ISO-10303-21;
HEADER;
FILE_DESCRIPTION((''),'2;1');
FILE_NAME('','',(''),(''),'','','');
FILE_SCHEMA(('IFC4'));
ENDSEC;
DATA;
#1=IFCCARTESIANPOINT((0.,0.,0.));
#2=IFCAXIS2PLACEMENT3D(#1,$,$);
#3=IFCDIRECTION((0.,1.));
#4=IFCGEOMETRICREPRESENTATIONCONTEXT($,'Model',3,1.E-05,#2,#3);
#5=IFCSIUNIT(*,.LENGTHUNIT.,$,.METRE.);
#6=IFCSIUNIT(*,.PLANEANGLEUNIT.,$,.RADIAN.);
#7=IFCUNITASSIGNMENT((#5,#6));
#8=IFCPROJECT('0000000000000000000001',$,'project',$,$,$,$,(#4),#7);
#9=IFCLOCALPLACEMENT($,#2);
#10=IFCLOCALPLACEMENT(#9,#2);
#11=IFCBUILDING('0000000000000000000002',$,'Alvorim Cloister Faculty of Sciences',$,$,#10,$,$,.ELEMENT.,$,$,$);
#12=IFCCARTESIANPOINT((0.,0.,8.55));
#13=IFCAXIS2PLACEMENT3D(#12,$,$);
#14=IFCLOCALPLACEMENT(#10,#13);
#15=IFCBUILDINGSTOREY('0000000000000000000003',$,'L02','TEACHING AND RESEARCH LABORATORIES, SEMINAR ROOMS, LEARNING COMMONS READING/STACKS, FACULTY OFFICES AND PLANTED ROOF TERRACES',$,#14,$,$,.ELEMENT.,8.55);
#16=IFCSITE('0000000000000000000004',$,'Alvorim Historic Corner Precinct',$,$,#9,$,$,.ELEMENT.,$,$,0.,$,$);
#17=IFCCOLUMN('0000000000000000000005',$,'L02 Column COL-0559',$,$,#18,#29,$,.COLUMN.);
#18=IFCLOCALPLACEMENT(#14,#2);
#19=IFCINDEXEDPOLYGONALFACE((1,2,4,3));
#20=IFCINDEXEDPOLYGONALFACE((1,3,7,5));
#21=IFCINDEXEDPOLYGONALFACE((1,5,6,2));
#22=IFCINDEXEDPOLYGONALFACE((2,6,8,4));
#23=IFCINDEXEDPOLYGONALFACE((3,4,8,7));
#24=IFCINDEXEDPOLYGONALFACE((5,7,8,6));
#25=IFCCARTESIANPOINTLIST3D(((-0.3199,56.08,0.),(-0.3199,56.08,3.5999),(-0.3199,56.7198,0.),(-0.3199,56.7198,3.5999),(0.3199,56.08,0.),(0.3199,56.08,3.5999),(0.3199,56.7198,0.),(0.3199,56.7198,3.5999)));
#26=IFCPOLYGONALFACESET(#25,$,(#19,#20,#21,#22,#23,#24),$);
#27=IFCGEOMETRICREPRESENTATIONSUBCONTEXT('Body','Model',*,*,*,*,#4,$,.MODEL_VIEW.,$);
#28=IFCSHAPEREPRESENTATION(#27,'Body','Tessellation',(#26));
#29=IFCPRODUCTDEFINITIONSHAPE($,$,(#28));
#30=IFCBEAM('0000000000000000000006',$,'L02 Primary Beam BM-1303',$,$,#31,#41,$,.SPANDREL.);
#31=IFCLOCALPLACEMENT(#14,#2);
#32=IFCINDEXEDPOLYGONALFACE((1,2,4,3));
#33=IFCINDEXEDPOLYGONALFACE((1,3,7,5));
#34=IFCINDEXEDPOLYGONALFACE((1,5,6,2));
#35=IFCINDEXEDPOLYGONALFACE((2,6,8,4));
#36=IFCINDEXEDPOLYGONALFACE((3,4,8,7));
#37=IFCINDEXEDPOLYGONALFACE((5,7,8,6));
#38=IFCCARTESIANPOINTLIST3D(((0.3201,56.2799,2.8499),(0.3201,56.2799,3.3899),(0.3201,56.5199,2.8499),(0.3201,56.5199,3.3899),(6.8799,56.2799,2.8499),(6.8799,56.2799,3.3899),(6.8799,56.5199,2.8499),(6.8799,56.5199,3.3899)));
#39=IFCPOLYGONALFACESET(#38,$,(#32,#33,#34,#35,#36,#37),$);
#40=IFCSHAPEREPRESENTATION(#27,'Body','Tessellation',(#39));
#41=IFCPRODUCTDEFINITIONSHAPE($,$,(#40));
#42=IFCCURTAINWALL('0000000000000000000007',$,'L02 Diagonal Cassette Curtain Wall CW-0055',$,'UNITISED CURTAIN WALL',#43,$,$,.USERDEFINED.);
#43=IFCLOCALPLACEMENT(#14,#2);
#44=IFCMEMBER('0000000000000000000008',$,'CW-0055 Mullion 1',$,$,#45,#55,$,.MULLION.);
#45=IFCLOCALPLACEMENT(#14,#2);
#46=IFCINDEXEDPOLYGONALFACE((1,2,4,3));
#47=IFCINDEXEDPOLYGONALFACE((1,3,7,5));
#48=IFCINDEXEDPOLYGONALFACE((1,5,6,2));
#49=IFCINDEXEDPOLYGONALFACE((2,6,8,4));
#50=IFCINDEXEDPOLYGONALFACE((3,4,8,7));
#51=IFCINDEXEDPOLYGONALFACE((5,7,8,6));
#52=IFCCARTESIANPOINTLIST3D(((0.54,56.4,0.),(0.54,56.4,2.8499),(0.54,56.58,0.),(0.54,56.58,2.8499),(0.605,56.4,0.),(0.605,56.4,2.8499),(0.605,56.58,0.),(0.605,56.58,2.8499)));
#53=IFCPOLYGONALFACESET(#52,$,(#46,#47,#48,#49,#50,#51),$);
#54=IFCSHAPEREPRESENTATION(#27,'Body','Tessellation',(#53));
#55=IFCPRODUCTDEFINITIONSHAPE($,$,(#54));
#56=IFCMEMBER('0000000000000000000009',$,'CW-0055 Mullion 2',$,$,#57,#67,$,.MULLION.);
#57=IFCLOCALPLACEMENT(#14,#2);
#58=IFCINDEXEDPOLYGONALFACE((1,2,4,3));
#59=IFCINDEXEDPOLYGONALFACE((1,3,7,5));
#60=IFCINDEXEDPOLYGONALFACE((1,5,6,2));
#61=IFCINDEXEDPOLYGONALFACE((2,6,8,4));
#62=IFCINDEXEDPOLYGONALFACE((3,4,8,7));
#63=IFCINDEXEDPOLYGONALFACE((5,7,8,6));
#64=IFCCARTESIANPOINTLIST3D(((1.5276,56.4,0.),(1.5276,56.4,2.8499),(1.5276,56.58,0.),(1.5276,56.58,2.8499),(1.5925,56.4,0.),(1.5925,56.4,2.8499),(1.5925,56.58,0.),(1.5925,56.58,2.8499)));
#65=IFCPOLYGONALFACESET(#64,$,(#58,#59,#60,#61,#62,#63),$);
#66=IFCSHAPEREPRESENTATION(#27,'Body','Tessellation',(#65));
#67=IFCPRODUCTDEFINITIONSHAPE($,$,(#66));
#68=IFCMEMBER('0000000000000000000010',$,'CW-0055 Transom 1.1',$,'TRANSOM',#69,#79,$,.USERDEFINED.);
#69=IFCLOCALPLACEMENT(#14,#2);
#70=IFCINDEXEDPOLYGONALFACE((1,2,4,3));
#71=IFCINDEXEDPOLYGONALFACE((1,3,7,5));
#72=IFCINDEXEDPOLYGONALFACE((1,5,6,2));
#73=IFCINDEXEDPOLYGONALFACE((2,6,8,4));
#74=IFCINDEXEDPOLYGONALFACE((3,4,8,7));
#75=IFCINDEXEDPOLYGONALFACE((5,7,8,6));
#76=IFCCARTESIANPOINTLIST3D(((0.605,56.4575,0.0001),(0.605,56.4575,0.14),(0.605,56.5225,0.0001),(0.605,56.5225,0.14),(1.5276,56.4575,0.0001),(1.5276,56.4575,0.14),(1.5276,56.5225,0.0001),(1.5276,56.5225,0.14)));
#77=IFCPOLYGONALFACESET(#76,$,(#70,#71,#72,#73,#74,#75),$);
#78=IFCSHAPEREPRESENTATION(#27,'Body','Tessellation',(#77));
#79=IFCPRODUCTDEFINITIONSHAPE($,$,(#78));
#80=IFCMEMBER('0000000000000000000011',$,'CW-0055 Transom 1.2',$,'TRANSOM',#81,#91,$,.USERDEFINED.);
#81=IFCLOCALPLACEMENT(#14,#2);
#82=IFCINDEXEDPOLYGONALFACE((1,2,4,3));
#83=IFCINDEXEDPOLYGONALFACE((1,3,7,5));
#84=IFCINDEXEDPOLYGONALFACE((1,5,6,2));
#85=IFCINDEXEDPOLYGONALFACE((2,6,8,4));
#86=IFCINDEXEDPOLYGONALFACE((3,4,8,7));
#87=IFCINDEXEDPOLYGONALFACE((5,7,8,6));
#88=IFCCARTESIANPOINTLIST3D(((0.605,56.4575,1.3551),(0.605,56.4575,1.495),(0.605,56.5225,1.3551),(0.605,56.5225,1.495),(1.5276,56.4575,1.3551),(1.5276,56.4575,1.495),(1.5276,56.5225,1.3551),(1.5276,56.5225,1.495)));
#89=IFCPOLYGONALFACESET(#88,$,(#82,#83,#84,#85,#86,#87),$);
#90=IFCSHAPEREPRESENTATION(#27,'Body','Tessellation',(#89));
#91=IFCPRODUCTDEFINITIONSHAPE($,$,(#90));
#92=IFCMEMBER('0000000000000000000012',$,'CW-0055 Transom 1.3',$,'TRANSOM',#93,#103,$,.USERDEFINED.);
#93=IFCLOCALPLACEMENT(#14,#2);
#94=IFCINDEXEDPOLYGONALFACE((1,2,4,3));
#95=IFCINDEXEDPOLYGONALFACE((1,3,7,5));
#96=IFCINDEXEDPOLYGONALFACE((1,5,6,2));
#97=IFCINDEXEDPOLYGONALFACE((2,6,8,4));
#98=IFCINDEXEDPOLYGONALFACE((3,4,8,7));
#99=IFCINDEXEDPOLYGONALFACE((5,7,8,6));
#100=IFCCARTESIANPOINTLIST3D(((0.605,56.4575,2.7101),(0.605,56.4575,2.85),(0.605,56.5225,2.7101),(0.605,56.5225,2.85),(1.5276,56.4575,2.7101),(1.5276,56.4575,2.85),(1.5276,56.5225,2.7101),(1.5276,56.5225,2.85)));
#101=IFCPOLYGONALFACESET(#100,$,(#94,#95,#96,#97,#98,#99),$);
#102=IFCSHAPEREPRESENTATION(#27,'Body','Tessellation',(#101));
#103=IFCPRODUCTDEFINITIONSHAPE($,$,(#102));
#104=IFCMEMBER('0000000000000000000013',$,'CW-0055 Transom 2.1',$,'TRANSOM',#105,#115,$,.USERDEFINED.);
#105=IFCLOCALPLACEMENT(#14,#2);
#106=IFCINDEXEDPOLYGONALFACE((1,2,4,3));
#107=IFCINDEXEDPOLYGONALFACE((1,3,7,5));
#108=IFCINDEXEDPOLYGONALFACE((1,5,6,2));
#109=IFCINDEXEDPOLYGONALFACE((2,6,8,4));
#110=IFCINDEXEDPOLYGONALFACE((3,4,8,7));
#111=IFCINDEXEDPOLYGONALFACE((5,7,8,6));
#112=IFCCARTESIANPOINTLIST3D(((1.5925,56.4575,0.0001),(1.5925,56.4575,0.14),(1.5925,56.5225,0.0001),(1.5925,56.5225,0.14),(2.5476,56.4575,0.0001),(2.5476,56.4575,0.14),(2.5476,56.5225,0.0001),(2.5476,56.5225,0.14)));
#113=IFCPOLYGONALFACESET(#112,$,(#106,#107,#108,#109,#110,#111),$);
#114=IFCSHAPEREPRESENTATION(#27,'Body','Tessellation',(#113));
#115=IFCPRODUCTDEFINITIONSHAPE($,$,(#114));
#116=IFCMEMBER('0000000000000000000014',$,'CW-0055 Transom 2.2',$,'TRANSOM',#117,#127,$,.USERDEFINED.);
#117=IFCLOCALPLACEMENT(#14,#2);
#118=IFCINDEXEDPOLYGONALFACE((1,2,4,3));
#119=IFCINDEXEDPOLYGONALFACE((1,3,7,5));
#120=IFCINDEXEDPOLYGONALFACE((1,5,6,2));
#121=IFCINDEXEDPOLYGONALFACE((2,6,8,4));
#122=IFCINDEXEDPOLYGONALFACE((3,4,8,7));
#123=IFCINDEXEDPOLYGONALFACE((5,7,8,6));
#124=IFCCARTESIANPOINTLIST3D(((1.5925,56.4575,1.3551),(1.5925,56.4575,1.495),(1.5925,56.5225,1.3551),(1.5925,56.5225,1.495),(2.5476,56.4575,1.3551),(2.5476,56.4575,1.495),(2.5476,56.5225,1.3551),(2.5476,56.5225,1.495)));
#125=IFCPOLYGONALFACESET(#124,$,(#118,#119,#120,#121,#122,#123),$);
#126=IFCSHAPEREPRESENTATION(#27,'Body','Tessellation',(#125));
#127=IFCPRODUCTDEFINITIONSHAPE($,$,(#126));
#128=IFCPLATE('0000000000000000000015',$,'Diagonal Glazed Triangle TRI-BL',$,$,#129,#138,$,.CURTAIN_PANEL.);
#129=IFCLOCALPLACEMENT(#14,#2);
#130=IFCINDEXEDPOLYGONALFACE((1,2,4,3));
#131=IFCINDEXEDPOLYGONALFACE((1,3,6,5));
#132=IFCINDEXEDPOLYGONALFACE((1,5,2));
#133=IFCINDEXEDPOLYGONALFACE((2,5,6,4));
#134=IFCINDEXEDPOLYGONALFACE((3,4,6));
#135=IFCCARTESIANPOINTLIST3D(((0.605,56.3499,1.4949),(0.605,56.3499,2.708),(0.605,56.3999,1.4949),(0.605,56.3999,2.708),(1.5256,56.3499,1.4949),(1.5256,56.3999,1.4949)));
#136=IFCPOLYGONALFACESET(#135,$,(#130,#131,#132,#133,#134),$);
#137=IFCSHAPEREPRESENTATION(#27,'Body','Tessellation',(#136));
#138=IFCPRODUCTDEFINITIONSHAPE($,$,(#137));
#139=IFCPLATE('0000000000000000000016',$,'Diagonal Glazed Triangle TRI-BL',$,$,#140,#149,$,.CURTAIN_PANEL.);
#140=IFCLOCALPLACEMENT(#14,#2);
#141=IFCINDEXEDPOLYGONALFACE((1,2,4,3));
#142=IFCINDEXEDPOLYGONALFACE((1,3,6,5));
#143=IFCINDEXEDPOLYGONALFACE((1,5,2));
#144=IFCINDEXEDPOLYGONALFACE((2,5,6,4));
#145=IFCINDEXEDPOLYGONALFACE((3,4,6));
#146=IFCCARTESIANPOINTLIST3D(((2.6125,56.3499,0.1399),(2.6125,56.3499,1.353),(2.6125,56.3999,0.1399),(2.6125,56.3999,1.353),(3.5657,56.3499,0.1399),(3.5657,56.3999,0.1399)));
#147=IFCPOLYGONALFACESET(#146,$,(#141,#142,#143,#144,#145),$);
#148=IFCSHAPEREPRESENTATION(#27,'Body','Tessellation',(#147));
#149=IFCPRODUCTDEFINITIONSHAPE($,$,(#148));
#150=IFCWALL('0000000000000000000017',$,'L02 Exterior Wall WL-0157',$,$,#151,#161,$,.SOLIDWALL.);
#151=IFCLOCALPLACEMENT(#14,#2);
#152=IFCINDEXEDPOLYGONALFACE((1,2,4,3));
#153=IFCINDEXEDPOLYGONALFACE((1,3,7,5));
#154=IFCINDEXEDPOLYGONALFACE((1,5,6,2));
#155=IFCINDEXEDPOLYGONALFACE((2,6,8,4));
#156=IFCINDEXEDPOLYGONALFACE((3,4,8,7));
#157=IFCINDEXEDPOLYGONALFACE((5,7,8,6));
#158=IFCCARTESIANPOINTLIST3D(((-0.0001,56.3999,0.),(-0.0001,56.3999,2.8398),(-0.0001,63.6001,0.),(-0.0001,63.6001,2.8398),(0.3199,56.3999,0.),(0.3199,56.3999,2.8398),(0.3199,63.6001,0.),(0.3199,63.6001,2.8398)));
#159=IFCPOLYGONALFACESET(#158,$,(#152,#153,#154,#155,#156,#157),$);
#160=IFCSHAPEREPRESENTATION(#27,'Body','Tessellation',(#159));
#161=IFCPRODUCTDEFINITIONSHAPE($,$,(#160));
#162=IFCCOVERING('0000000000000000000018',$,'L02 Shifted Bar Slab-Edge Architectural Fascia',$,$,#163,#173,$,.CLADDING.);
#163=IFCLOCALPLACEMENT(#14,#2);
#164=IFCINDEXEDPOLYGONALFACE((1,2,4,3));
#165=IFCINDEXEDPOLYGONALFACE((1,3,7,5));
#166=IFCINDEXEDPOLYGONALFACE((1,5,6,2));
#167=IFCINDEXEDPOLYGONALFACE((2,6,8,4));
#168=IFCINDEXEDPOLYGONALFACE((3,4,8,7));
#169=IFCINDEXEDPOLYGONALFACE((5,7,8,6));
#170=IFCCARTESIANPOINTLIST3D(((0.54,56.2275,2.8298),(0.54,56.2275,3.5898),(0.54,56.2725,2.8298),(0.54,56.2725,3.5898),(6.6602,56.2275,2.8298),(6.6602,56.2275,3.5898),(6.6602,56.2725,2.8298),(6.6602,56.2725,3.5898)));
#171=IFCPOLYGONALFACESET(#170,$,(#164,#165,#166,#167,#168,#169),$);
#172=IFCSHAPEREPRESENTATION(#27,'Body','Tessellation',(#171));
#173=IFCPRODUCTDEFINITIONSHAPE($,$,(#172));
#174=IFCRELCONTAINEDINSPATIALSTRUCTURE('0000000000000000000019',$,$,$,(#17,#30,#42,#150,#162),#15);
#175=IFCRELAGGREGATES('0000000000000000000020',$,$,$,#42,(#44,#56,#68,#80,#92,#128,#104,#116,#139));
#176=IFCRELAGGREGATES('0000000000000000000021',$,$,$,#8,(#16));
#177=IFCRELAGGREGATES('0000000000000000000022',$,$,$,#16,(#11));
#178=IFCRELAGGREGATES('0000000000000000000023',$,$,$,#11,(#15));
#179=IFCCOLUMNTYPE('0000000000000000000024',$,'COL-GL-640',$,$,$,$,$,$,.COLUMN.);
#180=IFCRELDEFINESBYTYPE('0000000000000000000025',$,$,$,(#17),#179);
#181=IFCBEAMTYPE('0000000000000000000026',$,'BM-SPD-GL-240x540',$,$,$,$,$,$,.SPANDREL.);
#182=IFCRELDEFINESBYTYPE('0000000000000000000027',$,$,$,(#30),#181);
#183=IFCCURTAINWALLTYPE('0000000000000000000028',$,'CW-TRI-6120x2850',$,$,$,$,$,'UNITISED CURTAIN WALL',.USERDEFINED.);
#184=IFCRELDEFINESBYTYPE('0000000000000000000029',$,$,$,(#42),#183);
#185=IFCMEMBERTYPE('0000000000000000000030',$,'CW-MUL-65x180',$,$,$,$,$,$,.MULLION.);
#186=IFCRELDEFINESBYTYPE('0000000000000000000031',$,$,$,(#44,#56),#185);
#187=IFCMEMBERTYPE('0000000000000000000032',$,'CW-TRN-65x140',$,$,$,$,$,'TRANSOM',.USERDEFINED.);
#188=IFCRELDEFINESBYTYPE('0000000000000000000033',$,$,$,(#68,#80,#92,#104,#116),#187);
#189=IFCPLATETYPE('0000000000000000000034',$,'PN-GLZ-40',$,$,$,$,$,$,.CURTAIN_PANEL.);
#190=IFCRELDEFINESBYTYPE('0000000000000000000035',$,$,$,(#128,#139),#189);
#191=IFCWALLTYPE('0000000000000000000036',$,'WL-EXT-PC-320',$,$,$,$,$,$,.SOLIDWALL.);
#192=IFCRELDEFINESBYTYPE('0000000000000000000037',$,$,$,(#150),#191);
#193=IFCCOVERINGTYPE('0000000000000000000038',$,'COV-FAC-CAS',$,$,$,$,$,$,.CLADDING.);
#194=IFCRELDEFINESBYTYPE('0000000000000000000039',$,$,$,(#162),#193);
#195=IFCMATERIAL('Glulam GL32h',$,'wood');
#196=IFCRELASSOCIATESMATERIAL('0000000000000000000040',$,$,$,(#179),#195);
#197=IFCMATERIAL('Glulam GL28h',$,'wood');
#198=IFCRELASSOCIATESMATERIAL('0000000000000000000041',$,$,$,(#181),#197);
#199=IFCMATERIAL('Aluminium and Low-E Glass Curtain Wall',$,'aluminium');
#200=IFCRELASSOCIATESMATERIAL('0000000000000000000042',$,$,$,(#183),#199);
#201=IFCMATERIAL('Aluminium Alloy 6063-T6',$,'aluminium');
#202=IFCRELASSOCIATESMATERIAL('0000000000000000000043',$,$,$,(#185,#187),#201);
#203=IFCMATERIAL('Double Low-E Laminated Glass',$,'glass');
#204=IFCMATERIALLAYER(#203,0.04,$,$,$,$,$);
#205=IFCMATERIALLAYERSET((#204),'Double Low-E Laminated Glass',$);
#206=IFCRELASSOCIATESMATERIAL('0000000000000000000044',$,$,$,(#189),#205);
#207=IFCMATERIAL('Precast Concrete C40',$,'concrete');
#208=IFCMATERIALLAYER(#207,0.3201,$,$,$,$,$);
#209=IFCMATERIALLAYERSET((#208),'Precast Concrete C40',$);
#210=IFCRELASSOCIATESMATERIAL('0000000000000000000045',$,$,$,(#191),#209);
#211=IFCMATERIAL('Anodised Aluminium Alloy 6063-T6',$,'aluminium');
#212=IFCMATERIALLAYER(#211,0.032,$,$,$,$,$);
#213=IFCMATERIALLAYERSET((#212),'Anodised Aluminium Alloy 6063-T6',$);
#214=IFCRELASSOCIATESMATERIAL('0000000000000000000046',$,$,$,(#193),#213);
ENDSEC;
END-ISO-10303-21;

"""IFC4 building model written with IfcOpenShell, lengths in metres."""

from ifc_helpers import new_model, si_unit, direction, frame, frame_2d, origin, origin_2d, place, context, subcontext, project, spatial, polyline, rectangle, outline, extrude, material, layer, layer_set, material_profile, profile_set, type_object, element, aggregate, save


model = new_model("IFC4")

# Units and contexts
model_context = context("Model", 3, precision=1e-05, world=origin(), true_north=direction((0.0, 1.0)))
body_context = subcontext(model_context, "Body", "Model", "MODEL_VIEW")
ifc_project = project(units=[si_unit("LENGTHUNIT", "METRE"), si_unit("PLANEANGLEUNIT", "RADIAN")], contexts=[model_context])

# Site, building, storey
site_placement = place(None, origin())
site = spatial("IfcSite", under=ifc_project, at=site_placement, Name="Alvorim Historic Corner Precinct", CompositionType="ELEMENT", RefElevation=0.0)
building_placement = place(site_placement, origin())
building = spatial("IfcBuilding", under=site, at=building_placement, Name="Alvorim Cloister Faculty of Sciences", CompositionType="ELEMENT")
storey_placement = place(building_placement, frame((0.0, 0.0, 8.55)))
storey = spatial("IfcBuildingStorey", under=building, at=storey_placement, Name="L02", Description="TEACHING AND RESEARCH LABORATORIES, SEMINAR ROOMS, LEARNING COMMONS READING/STACKS, FACULTY OFFICES AND PLANTED ROOF TERRACES", CompositionType="ELEMENT", Elevation=8.55)

# Column
ifc_material_1 = material(Name="Glulam GL32h", Category="wood")
ifc_material_profile_1 = material_profile(ifc_material_1, rectangle(XDim=0.6399, YDim=0.6399, at=origin_2d()), Name="GL32-COL-640x640")
ifc_profile_set_1 = profile_set([ifc_material_profile_1], Name="Glulam GL32h")
column_type = type_object("IfcColumnType", Name="COL-GL-640", PredefinedType="COLUMN", material=ifc_profile_set_1)
column_placement = place(storey_placement, frame((0.0, 56.3999, 0.0), z_axis=(0.0, 0.0, 1.0), x_axis=(1.0, 0.0, 0.0)))
element("IfcColumn", 1, at=column_placement, inside=storey, type_object=column_type, Name="L02 Column COL-0559", PredefinedType="COLUMN", context=body_context, shape_type="SweptSolid", body=[
    extrude(rectangle(XDim=0.6399, YDim=0.6399, at=origin_2d()), origin(), (0.0, 0.0, 1.0), 3.5999),
])

# Beam
ifc_material_2 = material(Name="Glulam GL28h", Category="wood")
ifc_material_profile_2 = material_profile(ifc_material_2, rectangle(XDim=0.24, YDim=0.54, at=origin_2d()), Name="GL28-SPD-240x540")
ifc_profile_set_2 = profile_set([ifc_material_profile_2], Name="Glulam GL28h")
beam_type = type_object("IfcBeamType", Name="BM-SPD-GL-240x540", PredefinedType="SPANDREL", material=ifc_profile_set_2)
beam_placement = place(storey_placement, frame((0.3201, 56.3999, 3.1199), z_axis=(1.0, 0.0, 0.0), x_axis=(0.0, 1.0, 0.0)))
element("IfcBeam", 2, at=beam_placement, inside=storey, type_object=beam_type, Name="L02 Primary Beam BM-1303", PredefinedType="SPANDREL", context=body_context, shape_type="SweptSolid", body=[
    extrude(rectangle(XDim=0.24, YDim=0.54, at=origin_2d()), origin(), (0.0, 0.0, 1.0), 6.5598),
])

# Curtain wall, members, plates
ifc_material_3 = material(Name="Aluminium and Low-E Glass Curtain Wall", Category="aluminium")
curtain_wall_type = type_object("IfcCurtainWallType", Name="CW-TRI-6120x2850", ElementType="UNITISED CURTAIN WALL", PredefinedType="USERDEFINED", material=ifc_material_3)
curtain_wall_placement = place(storey_placement, origin())
curtain_wall = element("IfcCurtainWall", 3, at=curtain_wall_placement, inside=storey, type_object=curtain_wall_type, Name="L02 Diagonal Cassette Curtain Wall CW-0055", ObjectType="UNITISED CURTAIN WALL", PredefinedType="USERDEFINED")
ifc_material_4 = material(Name="Aluminium Alloy 6063-T6", Category="aluminium")
ifc_material_profile_3 = material_profile(ifc_material_4, rectangle(XDim=0.0649, YDim=0.1799, at=origin_2d()), Name="ALU-MUL-65x180")
ifc_profile_set_3 = profile_set([ifc_material_profile_3], Name="Aluminium Alloy 6063-T6")
member_type_1 = type_object("IfcMemberType", Name="CW-MUL-65x180", PredefinedType="MULLION", material=ifc_profile_set_3)
member_1_placement = place(storey_placement, frame((0.5725, 56.49, 0.0), z_axis=(0.0, 0.0, 1.0), x_axis=(1.0, 0.0, 0.0)))
member_1 = element("IfcMember", 4, at=member_1_placement, type_object=member_type_1, Name="CW-0055 Mullion 1", PredefinedType="MULLION", context=body_context, shape_type="SweptSolid", body=[
    extrude(rectangle(XDim=0.0649, YDim=0.1799, at=origin_2d()), origin(), (0.0, 0.0, 1.0), 2.8499),
])
member_2_placement = place(storey_placement, frame((1.5601, 56.49, 0.0), z_axis=(0.0, 0.0, 1.0), x_axis=(1.0, 0.0, 0.0)))
member_2 = element("IfcMember", 5, at=member_2_placement, type_object=member_type_1, Name="CW-0055 Mullion 2", PredefinedType="MULLION", context=body_context, shape_type="SweptSolid", body=[
    extrude(rectangle(XDim=0.0649, YDim=0.1799, at=origin_2d()), origin(), (0.0, 0.0, 1.0), 2.8499),
])
ifc_material_profile_4 = material_profile(ifc_material_4, rectangle(XDim=0.0649, YDim=0.1399, at=origin_2d()), Name="ALU-TRN-65x140")
ifc_profile_set_4 = profile_set([ifc_material_profile_4], Name="Aluminium Alloy 6063-T6")
member_type_2 = type_object("IfcMemberType", Name="CW-TRN-65x140", ElementType="TRANSOM", PredefinedType="USERDEFINED", material=ifc_profile_set_4)
member_3_placement = place(storey_placement, frame((0.605, 56.49, 0.0701), z_axis=(1.0, 0.0, 0.0), x_axis=(0.0, 1.0, 0.0)))
member_3 = element("IfcMember", 6, at=member_3_placement, type_object=member_type_2, Name="CW-0055 Transom 1.1", ObjectType="TRANSOM", PredefinedType="USERDEFINED", context=body_context, shape_type="SweptSolid", body=[
    extrude(rectangle(XDim=0.0649, YDim=0.1399, at=origin_2d()), origin(), (0.0, 0.0, 1.0), 0.9226),
])
member_4_placement = place(storey_placement, frame((0.605, 56.49, 1.425), z_axis=(1.0, 0.0, 0.0), x_axis=(0.0, 1.0, 0.0)))
member_4 = element("IfcMember", 7, at=member_4_placement, type_object=member_type_2, Name="CW-0055 Transom 1.2", ObjectType="TRANSOM", PredefinedType="USERDEFINED", context=body_context, shape_type="SweptSolid", body=[
    extrude(rectangle(XDim=0.0649, YDim=0.1399, at=origin_2d()), origin(), (0.0, 0.0, 1.0), 0.9226),
])
member_5_placement = place(storey_placement, frame((0.605, 56.49, 2.78), z_axis=(1.0, 0.0, 0.0), x_axis=(0.0, 1.0, 0.0)))
member_5 = element("IfcMember", 8, at=member_5_placement, type_object=member_type_2, Name="CW-0055 Transom 1.3", ObjectType="TRANSOM", PredefinedType="USERDEFINED", context=body_context, shape_type="SweptSolid", body=[
    extrude(rectangle(XDim=0.0649, YDim=0.1399, at=origin_2d()), origin(), (0.0, 0.0, 1.0), 0.9226),
])
member_6_placement = place(storey_placement, frame((1.5925, 56.49, 0.0701), z_axis=(1.0, 0.0, 0.0), x_axis=(0.0, 1.0, 0.0)))
member_6 = element("IfcMember", 9, at=member_6_placement, type_object=member_type_2, Name="CW-0055 Transom 2.1", ObjectType="TRANSOM", PredefinedType="USERDEFINED", context=body_context, shape_type="SweptSolid", body=[
    extrude(rectangle(XDim=0.0649, YDim=0.1399, at=origin_2d()), origin(), (0.0, 0.0, 1.0), 0.9551),
])
member_7_placement = place(storey_placement, frame((1.5925, 56.49, 1.425), z_axis=(1.0, 0.0, 0.0), x_axis=(0.0, 1.0, 0.0)))
member_7 = element("IfcMember", 10, at=member_7_placement, type_object=member_type_2, Name="CW-0055 Transom 2.2", ObjectType="TRANSOM", PredefinedType="USERDEFINED", context=body_context, shape_type="SweptSolid", body=[
    extrude(rectangle(XDim=0.0649, YDim=0.1399, at=origin_2d()), origin(), (0.0, 0.0, 1.0), 0.9551),
])
ifc_material_5 = material(Name="Double Low-E Laminated Glass", Category="glass")
ifc_layer_1 = layer(ifc_material_5, 0.04)
ifc_layer_set_1 = layer_set([ifc_layer_1], Name="Double Low-E Laminated Glass")
plate_type = type_object("IfcPlateType", Name="PN-GLZ-40", PredefinedType="CURTAIN_PANEL", material=ifc_layer_set_1)
plate_1_placement = place(storey_placement, frame((0.605, 56.375, 1.4949), z_axis=(0.0, 0.0, 1.0), x_axis=(1.0, 0.0, 0.0)))
plate_1 = element("IfcPlate", 11, at=plate_1_placement, type_object=plate_type, Name="Diagonal Glazed Triangle TRI-BL", PredefinedType="CURTAIN_PANEL", context=body_context, shape_type="SweptSolid", body=[
    extrude(outline(polyline([(0.0, 0.0), (0.9207, 0.0), (0.0, 1.2131), (0.0, 0.0)])), frame((0.0, 0.0249, 0.0), z_axis=(0.0, -1.0, 0.0), x_axis=(1.0, 0.0, 0.0)), (0.0, 0.0, 1.0), 0.05),
])
plate_2_placement = place(storey_placement, frame((2.6125, 56.375, 0.1399), z_axis=(0.0, 0.0, 1.0), x_axis=(1.0, 0.0, 0.0)))
plate_2 = element("IfcPlate", 12, at=plate_2_placement, type_object=plate_type, Name="Diagonal Glazed Triangle TRI-BL", PredefinedType="CURTAIN_PANEL", context=body_context, shape_type="SweptSolid", body=[
    extrude(outline(polyline([(0.0, 0.0), (0.9531, 0.0), (0.0, 1.2131), (0.0, 0.0)])), frame((0.0, 0.0249, 0.0), z_axis=(0.0, -1.0, 0.0), x_axis=(1.0, 0.0, 0.0)), (0.0, 0.0, 1.0), 0.05),
])
aggregate(curtain_wall, [member_1, member_2, member_3, member_4, member_5, plate_1, member_6, member_7, plate_2])

# Wall
ifc_material_6 = material(Name="Precast Concrete C40", Category="concrete")
ifc_layer_2 = layer(ifc_material_6, 0.3201)
ifc_layer_set_2 = layer_set([ifc_layer_2], Name="Precast Concrete C40")
wall_type = type_object("IfcWallType", Name="WL-EXT-PC-320", PredefinedType="SOLIDWALL", material=ifc_layer_set_2)
wall_placement = place(storey_placement, frame((0.1599, 56.3999, 0.0), z_axis=(0.0, 0.0, 1.0), x_axis=(0.0, 1.0, 0.0)))
element("IfcWall", 13, at=wall_placement, inside=storey, type_object=wall_type, Name="L02 Exterior Wall WL-0157", PredefinedType="SOLIDWALL", context=body_context, shape_type="SweptSolid", body=[
    extrude(rectangle(XDim=7.2002, YDim=0.3201, at=frame_2d((3.6001, 0.0))), origin(), (0.0, 0.0, 1.0), 2.8398),
])

# Covering
ifc_material_7 = material(Name="Anodised Aluminium Alloy 6063-T6", Category="aluminium")
ifc_layer_3 = layer(ifc_material_7, 0.032)
ifc_layer_set_3 = layer_set([ifc_layer_3], Name="Anodised Aluminium Alloy 6063-T6")
covering_type = type_object("IfcCoveringType", Name="COV-FAC-CAS", PredefinedType="CLADDING", material=ifc_layer_set_3)
covering_placement = place(storey_placement, frame((0.54, 56.25, 2.8298), z_axis=(0.0, 0.0, 1.0), x_axis=(1.0, 0.0, 0.0)))
element("IfcCovering", 14, at=covering_placement, inside=storey, type_object=covering_type, Name="L02 Shifted Bar Slab-Edge Architectural Fascia", PredefinedType="CLADDING", context=body_context, shape_type="SweptSolid", body=[
    extrude(outline(polyline([(0.0, 0.0), (6.1201, 0.0), (6.1201, 0.76), (0.0, 0.76), (0.0, 0.0)])), frame((0.0, 0.0225, 0.0), z_axis=(0.0, -1.0, 0.0), x_axis=(1.0, 0.0, 0.0)), (0.0, 0.0, 1.0), 0.0449),
])

save(model, "model.ifc")
